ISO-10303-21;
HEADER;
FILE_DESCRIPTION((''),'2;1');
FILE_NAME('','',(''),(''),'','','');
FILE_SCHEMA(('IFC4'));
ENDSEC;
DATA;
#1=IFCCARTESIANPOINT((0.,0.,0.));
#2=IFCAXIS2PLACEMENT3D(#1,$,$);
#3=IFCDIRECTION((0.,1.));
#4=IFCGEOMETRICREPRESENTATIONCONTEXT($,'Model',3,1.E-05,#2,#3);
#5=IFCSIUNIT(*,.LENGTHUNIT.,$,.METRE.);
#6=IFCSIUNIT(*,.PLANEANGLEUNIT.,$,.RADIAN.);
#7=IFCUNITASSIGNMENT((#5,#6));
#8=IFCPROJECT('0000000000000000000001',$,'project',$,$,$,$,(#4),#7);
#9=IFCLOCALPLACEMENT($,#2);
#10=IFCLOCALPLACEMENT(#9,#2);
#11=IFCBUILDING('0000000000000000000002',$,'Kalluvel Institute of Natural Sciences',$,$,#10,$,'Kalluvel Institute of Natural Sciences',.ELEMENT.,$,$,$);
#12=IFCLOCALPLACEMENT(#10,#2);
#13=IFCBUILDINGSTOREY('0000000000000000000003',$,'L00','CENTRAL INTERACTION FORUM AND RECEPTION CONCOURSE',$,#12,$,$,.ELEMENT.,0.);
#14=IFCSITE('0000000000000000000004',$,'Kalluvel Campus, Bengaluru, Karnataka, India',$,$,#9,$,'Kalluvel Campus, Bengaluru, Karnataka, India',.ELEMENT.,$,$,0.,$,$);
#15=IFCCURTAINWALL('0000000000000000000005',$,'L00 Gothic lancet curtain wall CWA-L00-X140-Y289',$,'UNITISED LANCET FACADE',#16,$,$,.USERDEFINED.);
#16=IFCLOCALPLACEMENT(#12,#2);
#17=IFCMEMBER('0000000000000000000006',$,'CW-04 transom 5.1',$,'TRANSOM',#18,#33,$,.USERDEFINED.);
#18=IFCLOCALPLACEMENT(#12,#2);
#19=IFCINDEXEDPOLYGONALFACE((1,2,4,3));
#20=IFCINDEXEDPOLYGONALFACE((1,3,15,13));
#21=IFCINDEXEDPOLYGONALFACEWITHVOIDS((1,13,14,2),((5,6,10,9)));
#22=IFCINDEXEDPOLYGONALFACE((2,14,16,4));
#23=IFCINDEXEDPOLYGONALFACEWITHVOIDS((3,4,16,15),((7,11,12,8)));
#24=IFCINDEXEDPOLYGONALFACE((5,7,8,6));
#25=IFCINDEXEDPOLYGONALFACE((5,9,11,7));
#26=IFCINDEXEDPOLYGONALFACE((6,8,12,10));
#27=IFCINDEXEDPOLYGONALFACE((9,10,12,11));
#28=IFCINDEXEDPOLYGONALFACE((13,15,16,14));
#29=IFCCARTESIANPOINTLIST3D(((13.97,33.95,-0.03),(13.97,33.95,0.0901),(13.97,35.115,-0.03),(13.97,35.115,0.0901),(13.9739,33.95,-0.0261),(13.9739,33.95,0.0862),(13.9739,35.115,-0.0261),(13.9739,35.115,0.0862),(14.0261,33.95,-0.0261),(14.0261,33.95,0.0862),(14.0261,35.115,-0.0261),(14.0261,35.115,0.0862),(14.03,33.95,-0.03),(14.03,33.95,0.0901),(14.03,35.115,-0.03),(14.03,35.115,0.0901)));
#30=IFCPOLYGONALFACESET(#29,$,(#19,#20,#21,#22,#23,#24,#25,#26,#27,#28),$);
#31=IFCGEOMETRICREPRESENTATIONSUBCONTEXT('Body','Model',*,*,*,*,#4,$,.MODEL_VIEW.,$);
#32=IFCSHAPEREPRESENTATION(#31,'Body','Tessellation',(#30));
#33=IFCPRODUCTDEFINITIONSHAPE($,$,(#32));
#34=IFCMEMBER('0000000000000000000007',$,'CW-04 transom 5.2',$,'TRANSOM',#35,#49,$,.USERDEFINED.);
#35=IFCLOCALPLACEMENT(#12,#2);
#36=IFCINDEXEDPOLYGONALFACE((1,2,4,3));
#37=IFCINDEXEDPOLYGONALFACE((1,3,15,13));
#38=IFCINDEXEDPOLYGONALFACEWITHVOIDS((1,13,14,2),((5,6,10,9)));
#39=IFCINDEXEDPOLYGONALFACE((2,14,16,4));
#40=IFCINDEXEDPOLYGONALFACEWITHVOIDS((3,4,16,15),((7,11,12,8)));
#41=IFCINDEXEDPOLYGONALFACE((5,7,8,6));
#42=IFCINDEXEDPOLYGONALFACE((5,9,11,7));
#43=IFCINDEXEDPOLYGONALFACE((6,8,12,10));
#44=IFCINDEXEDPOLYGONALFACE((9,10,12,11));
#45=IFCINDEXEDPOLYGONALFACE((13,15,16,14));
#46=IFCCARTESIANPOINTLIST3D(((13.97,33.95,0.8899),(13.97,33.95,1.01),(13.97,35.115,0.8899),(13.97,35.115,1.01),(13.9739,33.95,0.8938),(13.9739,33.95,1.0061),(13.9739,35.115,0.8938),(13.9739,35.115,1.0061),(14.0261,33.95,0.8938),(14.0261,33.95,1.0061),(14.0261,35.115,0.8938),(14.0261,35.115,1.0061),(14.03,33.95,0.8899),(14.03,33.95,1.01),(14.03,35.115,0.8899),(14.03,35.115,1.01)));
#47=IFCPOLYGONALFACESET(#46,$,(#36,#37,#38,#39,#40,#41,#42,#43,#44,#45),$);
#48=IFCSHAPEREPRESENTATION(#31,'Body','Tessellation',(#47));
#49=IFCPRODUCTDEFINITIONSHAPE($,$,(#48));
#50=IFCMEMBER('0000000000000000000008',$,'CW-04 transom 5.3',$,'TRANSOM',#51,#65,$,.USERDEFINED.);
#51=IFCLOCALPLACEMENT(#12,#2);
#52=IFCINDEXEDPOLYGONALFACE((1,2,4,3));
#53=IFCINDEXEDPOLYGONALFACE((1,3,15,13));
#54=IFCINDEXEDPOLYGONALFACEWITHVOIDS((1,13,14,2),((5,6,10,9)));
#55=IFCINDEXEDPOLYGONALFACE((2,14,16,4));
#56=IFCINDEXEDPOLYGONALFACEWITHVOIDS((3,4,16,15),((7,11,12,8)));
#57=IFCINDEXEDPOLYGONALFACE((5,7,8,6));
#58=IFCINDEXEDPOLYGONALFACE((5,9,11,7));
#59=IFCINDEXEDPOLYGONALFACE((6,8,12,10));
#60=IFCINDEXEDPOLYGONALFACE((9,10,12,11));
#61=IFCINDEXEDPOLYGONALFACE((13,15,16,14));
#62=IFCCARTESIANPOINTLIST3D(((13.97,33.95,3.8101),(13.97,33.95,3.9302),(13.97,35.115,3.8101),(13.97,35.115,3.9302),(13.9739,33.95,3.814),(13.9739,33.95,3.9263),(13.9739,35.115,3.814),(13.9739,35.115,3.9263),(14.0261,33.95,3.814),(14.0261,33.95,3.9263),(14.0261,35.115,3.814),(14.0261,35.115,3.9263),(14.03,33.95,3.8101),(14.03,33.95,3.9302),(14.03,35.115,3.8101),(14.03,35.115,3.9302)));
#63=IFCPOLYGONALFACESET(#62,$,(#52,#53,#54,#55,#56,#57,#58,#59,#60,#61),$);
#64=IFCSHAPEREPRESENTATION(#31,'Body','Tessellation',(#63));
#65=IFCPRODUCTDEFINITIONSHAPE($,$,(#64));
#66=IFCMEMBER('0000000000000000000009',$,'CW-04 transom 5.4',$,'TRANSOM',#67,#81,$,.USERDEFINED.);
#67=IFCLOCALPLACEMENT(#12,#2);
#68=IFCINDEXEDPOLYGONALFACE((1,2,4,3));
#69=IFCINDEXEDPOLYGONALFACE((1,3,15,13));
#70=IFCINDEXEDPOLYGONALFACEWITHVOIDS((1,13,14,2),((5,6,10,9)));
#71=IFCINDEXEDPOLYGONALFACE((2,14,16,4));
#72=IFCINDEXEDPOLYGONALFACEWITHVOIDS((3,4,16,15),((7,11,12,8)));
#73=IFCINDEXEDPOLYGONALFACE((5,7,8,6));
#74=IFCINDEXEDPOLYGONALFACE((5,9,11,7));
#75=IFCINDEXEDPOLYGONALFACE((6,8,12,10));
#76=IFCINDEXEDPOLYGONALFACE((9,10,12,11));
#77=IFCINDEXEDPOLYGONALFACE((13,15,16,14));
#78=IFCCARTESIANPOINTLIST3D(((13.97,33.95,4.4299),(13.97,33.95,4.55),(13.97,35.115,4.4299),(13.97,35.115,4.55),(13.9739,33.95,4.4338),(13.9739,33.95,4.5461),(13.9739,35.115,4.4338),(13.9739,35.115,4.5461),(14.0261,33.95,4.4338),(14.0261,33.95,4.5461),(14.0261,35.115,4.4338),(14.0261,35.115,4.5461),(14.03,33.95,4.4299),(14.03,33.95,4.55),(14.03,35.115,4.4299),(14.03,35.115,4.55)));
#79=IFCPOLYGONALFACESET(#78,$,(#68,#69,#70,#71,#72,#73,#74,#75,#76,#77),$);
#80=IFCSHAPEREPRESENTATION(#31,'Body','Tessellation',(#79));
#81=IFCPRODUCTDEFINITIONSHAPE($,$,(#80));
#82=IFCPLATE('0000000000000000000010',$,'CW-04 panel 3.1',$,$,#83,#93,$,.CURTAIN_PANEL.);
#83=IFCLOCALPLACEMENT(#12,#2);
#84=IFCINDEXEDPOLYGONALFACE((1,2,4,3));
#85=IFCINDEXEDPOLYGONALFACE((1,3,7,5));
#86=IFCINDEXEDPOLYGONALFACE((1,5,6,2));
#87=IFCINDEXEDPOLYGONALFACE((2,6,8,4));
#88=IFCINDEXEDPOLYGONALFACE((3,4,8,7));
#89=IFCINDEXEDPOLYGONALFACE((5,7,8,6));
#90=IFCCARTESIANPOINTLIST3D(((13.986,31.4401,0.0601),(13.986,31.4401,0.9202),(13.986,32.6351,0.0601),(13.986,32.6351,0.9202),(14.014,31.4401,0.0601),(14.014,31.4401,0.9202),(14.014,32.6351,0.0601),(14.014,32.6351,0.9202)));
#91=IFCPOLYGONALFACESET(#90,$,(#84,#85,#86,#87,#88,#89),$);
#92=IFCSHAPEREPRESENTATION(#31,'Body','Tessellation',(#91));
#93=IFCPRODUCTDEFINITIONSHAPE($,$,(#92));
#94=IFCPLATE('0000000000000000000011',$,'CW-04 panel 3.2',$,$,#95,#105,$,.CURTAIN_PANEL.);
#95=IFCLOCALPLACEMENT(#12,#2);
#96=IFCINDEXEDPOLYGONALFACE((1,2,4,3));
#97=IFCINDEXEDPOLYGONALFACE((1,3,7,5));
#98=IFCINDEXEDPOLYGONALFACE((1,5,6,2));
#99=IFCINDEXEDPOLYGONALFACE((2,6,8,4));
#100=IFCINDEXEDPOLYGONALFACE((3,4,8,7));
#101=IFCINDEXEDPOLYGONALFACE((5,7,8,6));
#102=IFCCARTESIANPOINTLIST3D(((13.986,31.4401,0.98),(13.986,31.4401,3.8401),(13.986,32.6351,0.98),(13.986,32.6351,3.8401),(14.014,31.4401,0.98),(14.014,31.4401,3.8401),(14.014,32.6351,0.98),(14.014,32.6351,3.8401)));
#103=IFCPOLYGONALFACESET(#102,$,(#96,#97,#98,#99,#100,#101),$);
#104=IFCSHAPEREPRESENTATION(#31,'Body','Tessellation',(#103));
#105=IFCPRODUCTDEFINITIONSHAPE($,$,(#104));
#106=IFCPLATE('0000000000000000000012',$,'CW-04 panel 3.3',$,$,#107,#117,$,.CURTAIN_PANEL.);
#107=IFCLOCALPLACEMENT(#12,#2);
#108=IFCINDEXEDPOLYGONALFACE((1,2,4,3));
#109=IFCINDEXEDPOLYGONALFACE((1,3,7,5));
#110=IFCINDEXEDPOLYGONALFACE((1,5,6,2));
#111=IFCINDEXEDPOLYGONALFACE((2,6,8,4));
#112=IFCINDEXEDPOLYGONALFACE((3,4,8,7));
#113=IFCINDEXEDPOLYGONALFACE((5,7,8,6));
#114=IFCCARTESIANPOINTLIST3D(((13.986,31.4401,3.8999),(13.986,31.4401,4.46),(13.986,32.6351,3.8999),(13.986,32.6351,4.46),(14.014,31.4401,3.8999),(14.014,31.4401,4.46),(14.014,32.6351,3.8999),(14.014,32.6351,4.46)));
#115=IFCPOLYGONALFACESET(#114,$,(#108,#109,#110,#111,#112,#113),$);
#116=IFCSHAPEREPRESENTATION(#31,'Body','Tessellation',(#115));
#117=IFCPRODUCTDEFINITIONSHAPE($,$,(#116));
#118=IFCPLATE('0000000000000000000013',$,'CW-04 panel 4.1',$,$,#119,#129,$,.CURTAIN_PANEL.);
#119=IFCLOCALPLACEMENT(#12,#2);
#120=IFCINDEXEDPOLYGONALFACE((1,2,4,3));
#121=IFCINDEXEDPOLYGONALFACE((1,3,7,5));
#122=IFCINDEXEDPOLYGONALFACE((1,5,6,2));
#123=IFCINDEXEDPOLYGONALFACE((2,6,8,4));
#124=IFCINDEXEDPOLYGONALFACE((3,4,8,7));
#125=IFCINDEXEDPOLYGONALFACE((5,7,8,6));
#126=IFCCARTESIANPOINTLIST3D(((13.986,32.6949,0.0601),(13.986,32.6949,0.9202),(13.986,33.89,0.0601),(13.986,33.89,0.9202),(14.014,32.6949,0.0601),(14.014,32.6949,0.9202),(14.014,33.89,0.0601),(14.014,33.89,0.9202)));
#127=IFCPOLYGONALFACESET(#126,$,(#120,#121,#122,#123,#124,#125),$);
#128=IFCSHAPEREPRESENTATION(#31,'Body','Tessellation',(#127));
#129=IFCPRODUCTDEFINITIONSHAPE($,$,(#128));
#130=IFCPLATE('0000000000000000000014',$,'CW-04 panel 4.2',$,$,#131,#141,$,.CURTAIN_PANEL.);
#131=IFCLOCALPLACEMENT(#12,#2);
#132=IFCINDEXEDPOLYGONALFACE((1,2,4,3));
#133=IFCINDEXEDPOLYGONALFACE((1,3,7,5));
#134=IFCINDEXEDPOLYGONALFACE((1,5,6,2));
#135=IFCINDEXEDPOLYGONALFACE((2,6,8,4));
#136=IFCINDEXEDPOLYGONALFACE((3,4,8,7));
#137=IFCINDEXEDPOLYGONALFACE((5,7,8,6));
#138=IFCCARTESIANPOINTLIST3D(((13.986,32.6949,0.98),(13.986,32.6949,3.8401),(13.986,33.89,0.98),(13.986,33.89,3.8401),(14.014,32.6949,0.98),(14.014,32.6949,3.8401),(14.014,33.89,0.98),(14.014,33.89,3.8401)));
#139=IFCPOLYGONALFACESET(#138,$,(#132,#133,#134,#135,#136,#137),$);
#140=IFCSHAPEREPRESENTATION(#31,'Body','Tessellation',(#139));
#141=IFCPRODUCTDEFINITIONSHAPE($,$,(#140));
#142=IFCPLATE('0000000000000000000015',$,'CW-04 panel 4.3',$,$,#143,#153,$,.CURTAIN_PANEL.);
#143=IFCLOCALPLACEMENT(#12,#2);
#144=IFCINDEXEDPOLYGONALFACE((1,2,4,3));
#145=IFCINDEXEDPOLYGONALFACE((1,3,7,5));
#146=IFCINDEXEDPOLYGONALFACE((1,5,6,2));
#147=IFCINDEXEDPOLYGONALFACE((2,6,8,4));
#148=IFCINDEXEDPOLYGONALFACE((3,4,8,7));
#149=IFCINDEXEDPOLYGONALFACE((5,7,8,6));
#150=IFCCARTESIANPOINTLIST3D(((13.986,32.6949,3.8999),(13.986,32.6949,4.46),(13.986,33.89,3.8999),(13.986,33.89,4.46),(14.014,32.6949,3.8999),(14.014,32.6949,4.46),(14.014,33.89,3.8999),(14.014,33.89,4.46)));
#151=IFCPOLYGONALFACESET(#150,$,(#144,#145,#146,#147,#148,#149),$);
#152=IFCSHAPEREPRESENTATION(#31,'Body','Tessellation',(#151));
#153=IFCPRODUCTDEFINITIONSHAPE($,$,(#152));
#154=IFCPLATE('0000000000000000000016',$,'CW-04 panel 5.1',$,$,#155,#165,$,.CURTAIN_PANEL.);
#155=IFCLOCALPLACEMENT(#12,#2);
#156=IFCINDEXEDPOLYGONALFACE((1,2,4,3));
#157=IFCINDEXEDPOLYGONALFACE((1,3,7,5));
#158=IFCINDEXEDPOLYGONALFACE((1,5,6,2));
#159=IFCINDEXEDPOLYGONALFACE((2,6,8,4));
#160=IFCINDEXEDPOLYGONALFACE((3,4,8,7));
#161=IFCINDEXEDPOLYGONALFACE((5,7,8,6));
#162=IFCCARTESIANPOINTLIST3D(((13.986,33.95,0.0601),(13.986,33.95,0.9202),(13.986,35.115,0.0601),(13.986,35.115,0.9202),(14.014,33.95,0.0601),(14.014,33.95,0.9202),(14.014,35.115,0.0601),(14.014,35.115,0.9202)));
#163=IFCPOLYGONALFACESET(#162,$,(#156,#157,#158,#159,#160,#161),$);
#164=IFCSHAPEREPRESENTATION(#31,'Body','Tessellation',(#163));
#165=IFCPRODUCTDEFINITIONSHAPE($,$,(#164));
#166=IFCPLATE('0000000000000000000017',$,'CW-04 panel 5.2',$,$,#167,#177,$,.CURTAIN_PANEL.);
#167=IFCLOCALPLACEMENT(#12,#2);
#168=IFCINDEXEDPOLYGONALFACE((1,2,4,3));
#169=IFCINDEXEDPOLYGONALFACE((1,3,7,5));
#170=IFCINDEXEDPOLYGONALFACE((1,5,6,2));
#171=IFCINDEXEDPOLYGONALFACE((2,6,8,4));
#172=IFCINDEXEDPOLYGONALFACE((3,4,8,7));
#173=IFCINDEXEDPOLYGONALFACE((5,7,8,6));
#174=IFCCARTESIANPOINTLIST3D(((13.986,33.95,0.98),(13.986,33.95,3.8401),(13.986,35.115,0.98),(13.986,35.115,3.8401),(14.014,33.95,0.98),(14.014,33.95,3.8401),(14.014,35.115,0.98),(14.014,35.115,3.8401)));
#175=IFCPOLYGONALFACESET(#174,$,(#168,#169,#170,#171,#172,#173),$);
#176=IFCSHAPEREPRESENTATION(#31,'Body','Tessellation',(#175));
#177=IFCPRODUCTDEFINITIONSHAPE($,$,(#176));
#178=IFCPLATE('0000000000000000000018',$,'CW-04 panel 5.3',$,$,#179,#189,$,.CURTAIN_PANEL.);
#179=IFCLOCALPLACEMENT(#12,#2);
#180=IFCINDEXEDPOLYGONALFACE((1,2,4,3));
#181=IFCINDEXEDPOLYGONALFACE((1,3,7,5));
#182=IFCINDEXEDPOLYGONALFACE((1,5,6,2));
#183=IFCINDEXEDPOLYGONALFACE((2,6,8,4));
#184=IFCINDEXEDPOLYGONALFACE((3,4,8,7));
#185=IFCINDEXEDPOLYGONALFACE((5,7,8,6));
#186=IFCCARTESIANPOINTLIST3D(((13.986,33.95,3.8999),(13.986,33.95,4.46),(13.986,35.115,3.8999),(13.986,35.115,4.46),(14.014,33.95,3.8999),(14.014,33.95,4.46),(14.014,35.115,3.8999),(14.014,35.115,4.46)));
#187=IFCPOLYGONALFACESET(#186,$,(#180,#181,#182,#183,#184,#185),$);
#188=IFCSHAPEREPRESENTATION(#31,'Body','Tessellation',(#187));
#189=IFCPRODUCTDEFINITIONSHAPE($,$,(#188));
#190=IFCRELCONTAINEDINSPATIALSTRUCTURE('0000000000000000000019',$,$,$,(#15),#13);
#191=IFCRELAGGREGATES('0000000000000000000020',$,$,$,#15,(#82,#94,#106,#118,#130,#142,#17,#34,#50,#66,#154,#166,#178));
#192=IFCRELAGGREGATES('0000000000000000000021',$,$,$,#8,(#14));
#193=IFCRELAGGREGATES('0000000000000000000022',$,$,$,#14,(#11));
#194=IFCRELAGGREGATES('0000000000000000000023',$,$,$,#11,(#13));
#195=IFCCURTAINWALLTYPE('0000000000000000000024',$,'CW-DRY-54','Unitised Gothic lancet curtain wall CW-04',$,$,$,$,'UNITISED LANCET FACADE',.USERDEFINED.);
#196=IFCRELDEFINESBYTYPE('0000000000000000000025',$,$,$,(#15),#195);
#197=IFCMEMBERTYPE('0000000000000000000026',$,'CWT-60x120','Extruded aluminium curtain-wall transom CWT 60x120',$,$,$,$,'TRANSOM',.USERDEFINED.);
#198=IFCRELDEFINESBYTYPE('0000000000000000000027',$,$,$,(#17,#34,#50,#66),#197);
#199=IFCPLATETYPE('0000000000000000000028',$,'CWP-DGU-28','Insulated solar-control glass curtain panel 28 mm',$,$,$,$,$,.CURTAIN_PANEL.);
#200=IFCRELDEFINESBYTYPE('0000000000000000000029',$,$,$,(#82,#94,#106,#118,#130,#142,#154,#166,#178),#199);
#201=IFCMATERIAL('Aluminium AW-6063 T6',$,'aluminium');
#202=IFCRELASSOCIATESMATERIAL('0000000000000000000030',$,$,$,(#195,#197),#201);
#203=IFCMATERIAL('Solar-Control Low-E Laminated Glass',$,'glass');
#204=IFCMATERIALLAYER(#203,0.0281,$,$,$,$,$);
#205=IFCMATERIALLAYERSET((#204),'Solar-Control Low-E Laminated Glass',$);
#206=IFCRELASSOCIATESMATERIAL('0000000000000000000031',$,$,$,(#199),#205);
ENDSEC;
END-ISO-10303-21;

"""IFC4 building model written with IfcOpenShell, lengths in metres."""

from ifc_helpers import new_model, si_unit, direction, frame, origin, origin_2d, place, context, subcontext, project, spatial, rectangle, hollow_rectangle, extrude, material, layer, layer_set, material_profile, profile_set, type_object, element, aggregate, save


model = new_model("IFC4")

# Units and contexts
model_context = context("Model", 3, precision=1e-05, world=origin(), true_north=direction((0.0, 1.0)))
body_context = subcontext(model_context, "Body", "Model", "MODEL_VIEW")
ifc_project = project(units=[si_unit("LENGTHUNIT", "METRE"), si_unit("PLANEANGLEUNIT", "RADIAN")], contexts=[model_context])

# Site, building, storey
site_placement = place(None, origin())
site = spatial("IfcSite", under=ifc_project, at=site_placement, Name="Kalluvel Campus, Bengaluru, Karnataka, India", LongName="Kalluvel Campus, Bengaluru, Karnataka, India", CompositionType="ELEMENT", RefElevation=0.0)
building_placement = place(site_placement, origin())
building = spatial("IfcBuilding", under=site, at=building_placement, Name="Kalluvel Institute of Natural Sciences", LongName="Kalluvel Institute of Natural Sciences", CompositionType="ELEMENT")
storey_placement = place(building_placement, origin())
storey = spatial("IfcBuildingStorey", under=building, at=storey_placement, Name="L00", Description="CENTRAL INTERACTION FORUM AND RECEPTION CONCOURSE", CompositionType="ELEMENT", Elevation=0.0)

# Curtain wall, members, plates
ifc_material_1 = material(Name="Aluminium AW-6063 T6", Category="aluminium")
curtain_wall_type = type_object("IfcCurtainWallType", Name="CW-DRY-54", Description="Unitised Gothic lancet curtain wall CW-04", ElementType="UNITISED LANCET FACADE", PredefinedType="USERDEFINED", material=ifc_material_1)
curtain_wall_placement = place(storey_placement, origin())
curtain_wall = element("IfcCurtainWall", 1, at=curtain_wall_placement, inside=storey, type_object=curtain_wall_type, Name="L00 Gothic lancet curtain wall CWA-L00-X140-Y289", ObjectType="UNITISED LANCET FACADE", PredefinedType="USERDEFINED")
ifc_material_profile_1 = material_profile(ifc_material_1, hollow_rectangle(XDim=0.0601, YDim=0.1201, WallThickness=0.0039, at=origin_2d()), Name="CWT 60x120")
ifc_profile_set_1 = profile_set([ifc_material_profile_1], Name="Aluminium AW-6063 T6")
member_type_1 = type_object("IfcMemberType", Name="CWT-60x120", Description="Extruded aluminium curtain-wall transom CWT 60x120", ElementType="TRANSOM", PredefinedType="USERDEFINED", material=ifc_profile_set_1)
member_1_placement = place(storey_placement, frame((14.0, 33.95, 0.03), z_axis=(0.0, 1.0, 0.0), x_axis=(-1.0, 0.0, 0.0)))
member_1 = element("IfcMember", 2, at=member_1_placement, type_object=member_type_1, Name="CW-04 transom 5.1", ObjectType="TRANSOM", PredefinedType="USERDEFINED", context=body_context, shape_type="SweptSolid", body=[
    extrude(hollow_rectangle(XDim=0.0601, YDim=0.1201, WallThickness=0.0039, at=origin_2d()), origin(), (0.0, 0.0, 1.0), 1.165),
])
member_2_placement = place(storey_placement, frame((14.0, 33.95, 0.95), z_axis=(0.0, 1.0, 0.0), x_axis=(-1.0, 0.0, 0.0)))
member_2 = element("IfcMember", 3, at=member_2_placement, type_object=member_type_1, Name="CW-04 transom 5.2", ObjectType="TRANSOM", PredefinedType="USERDEFINED", context=body_context, shape_type="SweptSolid", body=[
    extrude(hollow_rectangle(XDim=0.0601, YDim=0.1201, WallThickness=0.0039, at=origin_2d()), origin(), (0.0, 0.0, 1.0), 1.165),
])
member_3_placement = place(storey_placement, frame((14.0, 33.95, 3.8701), z_axis=(0.0, 1.0, 0.0), x_axis=(-1.0, 0.0, 0.0)))
member_3 = element("IfcMember", 4, at=member_3_placement, type_object=member_type_1, Name="CW-04 transom 5.3", ObjectType="TRANSOM", PredefinedType="USERDEFINED", context=body_context, shape_type="SweptSolid", body=[
    extrude(hollow_rectangle(XDim=0.0601, YDim=0.1201, WallThickness=0.0039, at=origin_2d()), origin(), (0.0, 0.0, 1.0), 1.165),
])
member_4_placement = place(storey_placement, frame((14.0, 33.95, 4.49), z_axis=(0.0, 1.0, 0.0), x_axis=(-1.0, 0.0, 0.0)))
member_4 = element("IfcMember", 5, at=member_4_placement, type_object=member_type_1, Name="CW-04 transom 5.4", ObjectType="TRANSOM", PredefinedType="USERDEFINED", context=body_context, shape_type="SweptSolid", body=[
    extrude(hollow_rectangle(XDim=0.0601, YDim=0.1201, WallThickness=0.0039, at=origin_2d()), origin(), (0.0, 0.0, 1.0), 1.165),
])
ifc_material_2 = material(Name="Solar-Control Low-E Laminated Glass", Category="glass")
ifc_layer = layer(ifc_material_2, 0.0281)
ifc_layer_set = layer_set([ifc_layer], Name="Solar-Control Low-E Laminated Glass")
plate_type = type_object("IfcPlateType", Name="CWP-DGU-28", Description="Insulated solar-control glass curtain panel 28 mm", PredefinedType="CURTAIN_PANEL", material=ifc_layer_set)
plate_1_placement = place(storey_placement, frame((14.0, 32.0376, 0.0601), z_axis=(0.0, 0.0, 1.0), x_axis=(0.0, 1.0, 0.0)))
plate_1 = element("IfcPlate", 6, at=plate_1_placement, type_object=plate_type, Name="CW-04 panel 3.1", PredefinedType="CURTAIN_PANEL", context=body_context, shape_type="SweptSolid", body=[
    extrude(rectangle(XDim=1.1951, YDim=0.0281, at=origin_2d()), origin(), (0.0, 0.0, 1.0), 0.8601),
])
plate_2_placement = place(storey_placement, frame((14.0, 32.0376, 0.98), z_axis=(0.0, 0.0, 1.0), x_axis=(0.0, 1.0, 0.0)))
plate_2 = element("IfcPlate", 7, at=plate_2_placement, type_object=plate_type, Name="CW-04 panel 3.2", PredefinedType="CURTAIN_PANEL", context=body_context, shape_type="SweptSolid", body=[
    extrude(rectangle(XDim=1.1951, YDim=0.0281, at=origin_2d()), origin(), (0.0, 0.0, 1.0), 2.8601),
])
plate_3_placement = place(storey_placement, frame((14.0, 32.0376, 3.8999), z_axis=(0.0, 0.0, 1.0), x_axis=(0.0, 1.0, 0.0)))
plate_3 = element("IfcPlate", 8, at=plate_3_placement, type_object=plate_type, Name="CW-04 panel 3.3", PredefinedType="CURTAIN_PANEL", context=body_context, shape_type="SweptSolid", body=[
    extrude(rectangle(XDim=1.1951, YDim=0.0281, at=origin_2d()), origin(), (0.0, 0.0, 1.0), 0.5601),
])
plate_4_placement = place(storey_placement, frame((14.0, 33.2925, 0.0601), z_axis=(0.0, 0.0, 1.0), x_axis=(0.0, 1.0, 0.0)))
plate_4 = element("IfcPlate", 9, at=plate_4_placement, type_object=plate_type, Name="CW-04 panel 4.1", PredefinedType="CURTAIN_PANEL", context=body_context, shape_type="SweptSolid", body=[
    extrude(rectangle(XDim=1.1951, YDim=0.0281, at=origin_2d()), origin(), (0.0, 0.0, 1.0), 0.8601),
])
plate_5_placement = place(storey_placement, frame((14.0, 33.2925, 0.98), z_axis=(0.0, 0.0, 1.0), x_axis=(0.0, 1.0, 0.0)))
plate_5 = element("IfcPlate", 10, at=plate_5_placement, type_object=plate_type, Name="CW-04 panel 4.2", PredefinedType="CURTAIN_PANEL", context=body_context, shape_type="SweptSolid", body=[
    extrude(rectangle(XDim=1.1951, YDim=0.0281, at=origin_2d()), origin(), (0.0, 0.0, 1.0), 2.8601),
])
plate_6_placement = place(storey_placement, frame((14.0, 33.2925, 3.8999), z_axis=(0.0, 0.0, 1.0), x_axis=(0.0, 1.0, 0.0)))
plate_6 = element("IfcPlate", 11, at=plate_6_placement, type_object=plate_type, Name="CW-04 panel 4.3", PredefinedType="CURTAIN_PANEL", context=body_context, shape_type="SweptSolid", body=[
    extrude(rectangle(XDim=1.1951, YDim=0.0281, at=origin_2d()), origin(), (0.0, 0.0, 1.0), 0.5601),
])
plate_7_placement = place(storey_placement, frame((14.0, 34.5325, 0.0601), z_axis=(0.0, 0.0, 1.0), x_axis=(0.0, 1.0, 0.0)))
plate_7 = element("IfcPlate", 12, at=plate_7_placement, type_object=plate_type, Name="CW-04 panel 5.1", PredefinedType="CURTAIN_PANEL", context=body_context, shape_type="SweptSolid", body=[
    extrude(rectangle(XDim=1.165, YDim=0.0281, at=origin_2d()), origin(), (0.0, 0.0, 1.0), 0.8601),
])
plate_8_placement = place(storey_placement, frame((14.0, 34.5325, 0.98), z_axis=(0.0, 0.0, 1.0), x_axis=(0.0, 1.0, 0.0)))
plate_8 = element("IfcPlate", 13, at=plate_8_placement, type_object=plate_type, Name="CW-04 panel 5.2", PredefinedType="CURTAIN_PANEL", context=body_context, shape_type="SweptSolid", body=[
    extrude(rectangle(XDim=1.165, YDim=0.0281, at=origin_2d()), origin(), (0.0, 0.0, 1.0), 2.8601),
])
plate_9_placement = place(storey_placement, frame((14.0, 34.5325, 3.8999), z_axis=(0.0, 0.0, 1.0), x_axis=(0.0, 1.0, 0.0)))
plate_9 = element("IfcPlate", 14, at=plate_9_placement, type_object=plate_type, Name="CW-04 panel 5.3", PredefinedType="CURTAIN_PANEL", context=body_context, shape_type="SweptSolid", body=[
    extrude(rectangle(XDim=1.165, YDim=0.0281, at=origin_2d()), origin(), (0.0, 0.0, 1.0), 0.5601),
])
aggregate(curtain_wall, [plate_1, plate_2, plate_3, plate_4, plate_5, plate_6, member_1, member_2, member_3, member_4, plate_7, plate_8, plate_9])

save(model, "model.ifc")
